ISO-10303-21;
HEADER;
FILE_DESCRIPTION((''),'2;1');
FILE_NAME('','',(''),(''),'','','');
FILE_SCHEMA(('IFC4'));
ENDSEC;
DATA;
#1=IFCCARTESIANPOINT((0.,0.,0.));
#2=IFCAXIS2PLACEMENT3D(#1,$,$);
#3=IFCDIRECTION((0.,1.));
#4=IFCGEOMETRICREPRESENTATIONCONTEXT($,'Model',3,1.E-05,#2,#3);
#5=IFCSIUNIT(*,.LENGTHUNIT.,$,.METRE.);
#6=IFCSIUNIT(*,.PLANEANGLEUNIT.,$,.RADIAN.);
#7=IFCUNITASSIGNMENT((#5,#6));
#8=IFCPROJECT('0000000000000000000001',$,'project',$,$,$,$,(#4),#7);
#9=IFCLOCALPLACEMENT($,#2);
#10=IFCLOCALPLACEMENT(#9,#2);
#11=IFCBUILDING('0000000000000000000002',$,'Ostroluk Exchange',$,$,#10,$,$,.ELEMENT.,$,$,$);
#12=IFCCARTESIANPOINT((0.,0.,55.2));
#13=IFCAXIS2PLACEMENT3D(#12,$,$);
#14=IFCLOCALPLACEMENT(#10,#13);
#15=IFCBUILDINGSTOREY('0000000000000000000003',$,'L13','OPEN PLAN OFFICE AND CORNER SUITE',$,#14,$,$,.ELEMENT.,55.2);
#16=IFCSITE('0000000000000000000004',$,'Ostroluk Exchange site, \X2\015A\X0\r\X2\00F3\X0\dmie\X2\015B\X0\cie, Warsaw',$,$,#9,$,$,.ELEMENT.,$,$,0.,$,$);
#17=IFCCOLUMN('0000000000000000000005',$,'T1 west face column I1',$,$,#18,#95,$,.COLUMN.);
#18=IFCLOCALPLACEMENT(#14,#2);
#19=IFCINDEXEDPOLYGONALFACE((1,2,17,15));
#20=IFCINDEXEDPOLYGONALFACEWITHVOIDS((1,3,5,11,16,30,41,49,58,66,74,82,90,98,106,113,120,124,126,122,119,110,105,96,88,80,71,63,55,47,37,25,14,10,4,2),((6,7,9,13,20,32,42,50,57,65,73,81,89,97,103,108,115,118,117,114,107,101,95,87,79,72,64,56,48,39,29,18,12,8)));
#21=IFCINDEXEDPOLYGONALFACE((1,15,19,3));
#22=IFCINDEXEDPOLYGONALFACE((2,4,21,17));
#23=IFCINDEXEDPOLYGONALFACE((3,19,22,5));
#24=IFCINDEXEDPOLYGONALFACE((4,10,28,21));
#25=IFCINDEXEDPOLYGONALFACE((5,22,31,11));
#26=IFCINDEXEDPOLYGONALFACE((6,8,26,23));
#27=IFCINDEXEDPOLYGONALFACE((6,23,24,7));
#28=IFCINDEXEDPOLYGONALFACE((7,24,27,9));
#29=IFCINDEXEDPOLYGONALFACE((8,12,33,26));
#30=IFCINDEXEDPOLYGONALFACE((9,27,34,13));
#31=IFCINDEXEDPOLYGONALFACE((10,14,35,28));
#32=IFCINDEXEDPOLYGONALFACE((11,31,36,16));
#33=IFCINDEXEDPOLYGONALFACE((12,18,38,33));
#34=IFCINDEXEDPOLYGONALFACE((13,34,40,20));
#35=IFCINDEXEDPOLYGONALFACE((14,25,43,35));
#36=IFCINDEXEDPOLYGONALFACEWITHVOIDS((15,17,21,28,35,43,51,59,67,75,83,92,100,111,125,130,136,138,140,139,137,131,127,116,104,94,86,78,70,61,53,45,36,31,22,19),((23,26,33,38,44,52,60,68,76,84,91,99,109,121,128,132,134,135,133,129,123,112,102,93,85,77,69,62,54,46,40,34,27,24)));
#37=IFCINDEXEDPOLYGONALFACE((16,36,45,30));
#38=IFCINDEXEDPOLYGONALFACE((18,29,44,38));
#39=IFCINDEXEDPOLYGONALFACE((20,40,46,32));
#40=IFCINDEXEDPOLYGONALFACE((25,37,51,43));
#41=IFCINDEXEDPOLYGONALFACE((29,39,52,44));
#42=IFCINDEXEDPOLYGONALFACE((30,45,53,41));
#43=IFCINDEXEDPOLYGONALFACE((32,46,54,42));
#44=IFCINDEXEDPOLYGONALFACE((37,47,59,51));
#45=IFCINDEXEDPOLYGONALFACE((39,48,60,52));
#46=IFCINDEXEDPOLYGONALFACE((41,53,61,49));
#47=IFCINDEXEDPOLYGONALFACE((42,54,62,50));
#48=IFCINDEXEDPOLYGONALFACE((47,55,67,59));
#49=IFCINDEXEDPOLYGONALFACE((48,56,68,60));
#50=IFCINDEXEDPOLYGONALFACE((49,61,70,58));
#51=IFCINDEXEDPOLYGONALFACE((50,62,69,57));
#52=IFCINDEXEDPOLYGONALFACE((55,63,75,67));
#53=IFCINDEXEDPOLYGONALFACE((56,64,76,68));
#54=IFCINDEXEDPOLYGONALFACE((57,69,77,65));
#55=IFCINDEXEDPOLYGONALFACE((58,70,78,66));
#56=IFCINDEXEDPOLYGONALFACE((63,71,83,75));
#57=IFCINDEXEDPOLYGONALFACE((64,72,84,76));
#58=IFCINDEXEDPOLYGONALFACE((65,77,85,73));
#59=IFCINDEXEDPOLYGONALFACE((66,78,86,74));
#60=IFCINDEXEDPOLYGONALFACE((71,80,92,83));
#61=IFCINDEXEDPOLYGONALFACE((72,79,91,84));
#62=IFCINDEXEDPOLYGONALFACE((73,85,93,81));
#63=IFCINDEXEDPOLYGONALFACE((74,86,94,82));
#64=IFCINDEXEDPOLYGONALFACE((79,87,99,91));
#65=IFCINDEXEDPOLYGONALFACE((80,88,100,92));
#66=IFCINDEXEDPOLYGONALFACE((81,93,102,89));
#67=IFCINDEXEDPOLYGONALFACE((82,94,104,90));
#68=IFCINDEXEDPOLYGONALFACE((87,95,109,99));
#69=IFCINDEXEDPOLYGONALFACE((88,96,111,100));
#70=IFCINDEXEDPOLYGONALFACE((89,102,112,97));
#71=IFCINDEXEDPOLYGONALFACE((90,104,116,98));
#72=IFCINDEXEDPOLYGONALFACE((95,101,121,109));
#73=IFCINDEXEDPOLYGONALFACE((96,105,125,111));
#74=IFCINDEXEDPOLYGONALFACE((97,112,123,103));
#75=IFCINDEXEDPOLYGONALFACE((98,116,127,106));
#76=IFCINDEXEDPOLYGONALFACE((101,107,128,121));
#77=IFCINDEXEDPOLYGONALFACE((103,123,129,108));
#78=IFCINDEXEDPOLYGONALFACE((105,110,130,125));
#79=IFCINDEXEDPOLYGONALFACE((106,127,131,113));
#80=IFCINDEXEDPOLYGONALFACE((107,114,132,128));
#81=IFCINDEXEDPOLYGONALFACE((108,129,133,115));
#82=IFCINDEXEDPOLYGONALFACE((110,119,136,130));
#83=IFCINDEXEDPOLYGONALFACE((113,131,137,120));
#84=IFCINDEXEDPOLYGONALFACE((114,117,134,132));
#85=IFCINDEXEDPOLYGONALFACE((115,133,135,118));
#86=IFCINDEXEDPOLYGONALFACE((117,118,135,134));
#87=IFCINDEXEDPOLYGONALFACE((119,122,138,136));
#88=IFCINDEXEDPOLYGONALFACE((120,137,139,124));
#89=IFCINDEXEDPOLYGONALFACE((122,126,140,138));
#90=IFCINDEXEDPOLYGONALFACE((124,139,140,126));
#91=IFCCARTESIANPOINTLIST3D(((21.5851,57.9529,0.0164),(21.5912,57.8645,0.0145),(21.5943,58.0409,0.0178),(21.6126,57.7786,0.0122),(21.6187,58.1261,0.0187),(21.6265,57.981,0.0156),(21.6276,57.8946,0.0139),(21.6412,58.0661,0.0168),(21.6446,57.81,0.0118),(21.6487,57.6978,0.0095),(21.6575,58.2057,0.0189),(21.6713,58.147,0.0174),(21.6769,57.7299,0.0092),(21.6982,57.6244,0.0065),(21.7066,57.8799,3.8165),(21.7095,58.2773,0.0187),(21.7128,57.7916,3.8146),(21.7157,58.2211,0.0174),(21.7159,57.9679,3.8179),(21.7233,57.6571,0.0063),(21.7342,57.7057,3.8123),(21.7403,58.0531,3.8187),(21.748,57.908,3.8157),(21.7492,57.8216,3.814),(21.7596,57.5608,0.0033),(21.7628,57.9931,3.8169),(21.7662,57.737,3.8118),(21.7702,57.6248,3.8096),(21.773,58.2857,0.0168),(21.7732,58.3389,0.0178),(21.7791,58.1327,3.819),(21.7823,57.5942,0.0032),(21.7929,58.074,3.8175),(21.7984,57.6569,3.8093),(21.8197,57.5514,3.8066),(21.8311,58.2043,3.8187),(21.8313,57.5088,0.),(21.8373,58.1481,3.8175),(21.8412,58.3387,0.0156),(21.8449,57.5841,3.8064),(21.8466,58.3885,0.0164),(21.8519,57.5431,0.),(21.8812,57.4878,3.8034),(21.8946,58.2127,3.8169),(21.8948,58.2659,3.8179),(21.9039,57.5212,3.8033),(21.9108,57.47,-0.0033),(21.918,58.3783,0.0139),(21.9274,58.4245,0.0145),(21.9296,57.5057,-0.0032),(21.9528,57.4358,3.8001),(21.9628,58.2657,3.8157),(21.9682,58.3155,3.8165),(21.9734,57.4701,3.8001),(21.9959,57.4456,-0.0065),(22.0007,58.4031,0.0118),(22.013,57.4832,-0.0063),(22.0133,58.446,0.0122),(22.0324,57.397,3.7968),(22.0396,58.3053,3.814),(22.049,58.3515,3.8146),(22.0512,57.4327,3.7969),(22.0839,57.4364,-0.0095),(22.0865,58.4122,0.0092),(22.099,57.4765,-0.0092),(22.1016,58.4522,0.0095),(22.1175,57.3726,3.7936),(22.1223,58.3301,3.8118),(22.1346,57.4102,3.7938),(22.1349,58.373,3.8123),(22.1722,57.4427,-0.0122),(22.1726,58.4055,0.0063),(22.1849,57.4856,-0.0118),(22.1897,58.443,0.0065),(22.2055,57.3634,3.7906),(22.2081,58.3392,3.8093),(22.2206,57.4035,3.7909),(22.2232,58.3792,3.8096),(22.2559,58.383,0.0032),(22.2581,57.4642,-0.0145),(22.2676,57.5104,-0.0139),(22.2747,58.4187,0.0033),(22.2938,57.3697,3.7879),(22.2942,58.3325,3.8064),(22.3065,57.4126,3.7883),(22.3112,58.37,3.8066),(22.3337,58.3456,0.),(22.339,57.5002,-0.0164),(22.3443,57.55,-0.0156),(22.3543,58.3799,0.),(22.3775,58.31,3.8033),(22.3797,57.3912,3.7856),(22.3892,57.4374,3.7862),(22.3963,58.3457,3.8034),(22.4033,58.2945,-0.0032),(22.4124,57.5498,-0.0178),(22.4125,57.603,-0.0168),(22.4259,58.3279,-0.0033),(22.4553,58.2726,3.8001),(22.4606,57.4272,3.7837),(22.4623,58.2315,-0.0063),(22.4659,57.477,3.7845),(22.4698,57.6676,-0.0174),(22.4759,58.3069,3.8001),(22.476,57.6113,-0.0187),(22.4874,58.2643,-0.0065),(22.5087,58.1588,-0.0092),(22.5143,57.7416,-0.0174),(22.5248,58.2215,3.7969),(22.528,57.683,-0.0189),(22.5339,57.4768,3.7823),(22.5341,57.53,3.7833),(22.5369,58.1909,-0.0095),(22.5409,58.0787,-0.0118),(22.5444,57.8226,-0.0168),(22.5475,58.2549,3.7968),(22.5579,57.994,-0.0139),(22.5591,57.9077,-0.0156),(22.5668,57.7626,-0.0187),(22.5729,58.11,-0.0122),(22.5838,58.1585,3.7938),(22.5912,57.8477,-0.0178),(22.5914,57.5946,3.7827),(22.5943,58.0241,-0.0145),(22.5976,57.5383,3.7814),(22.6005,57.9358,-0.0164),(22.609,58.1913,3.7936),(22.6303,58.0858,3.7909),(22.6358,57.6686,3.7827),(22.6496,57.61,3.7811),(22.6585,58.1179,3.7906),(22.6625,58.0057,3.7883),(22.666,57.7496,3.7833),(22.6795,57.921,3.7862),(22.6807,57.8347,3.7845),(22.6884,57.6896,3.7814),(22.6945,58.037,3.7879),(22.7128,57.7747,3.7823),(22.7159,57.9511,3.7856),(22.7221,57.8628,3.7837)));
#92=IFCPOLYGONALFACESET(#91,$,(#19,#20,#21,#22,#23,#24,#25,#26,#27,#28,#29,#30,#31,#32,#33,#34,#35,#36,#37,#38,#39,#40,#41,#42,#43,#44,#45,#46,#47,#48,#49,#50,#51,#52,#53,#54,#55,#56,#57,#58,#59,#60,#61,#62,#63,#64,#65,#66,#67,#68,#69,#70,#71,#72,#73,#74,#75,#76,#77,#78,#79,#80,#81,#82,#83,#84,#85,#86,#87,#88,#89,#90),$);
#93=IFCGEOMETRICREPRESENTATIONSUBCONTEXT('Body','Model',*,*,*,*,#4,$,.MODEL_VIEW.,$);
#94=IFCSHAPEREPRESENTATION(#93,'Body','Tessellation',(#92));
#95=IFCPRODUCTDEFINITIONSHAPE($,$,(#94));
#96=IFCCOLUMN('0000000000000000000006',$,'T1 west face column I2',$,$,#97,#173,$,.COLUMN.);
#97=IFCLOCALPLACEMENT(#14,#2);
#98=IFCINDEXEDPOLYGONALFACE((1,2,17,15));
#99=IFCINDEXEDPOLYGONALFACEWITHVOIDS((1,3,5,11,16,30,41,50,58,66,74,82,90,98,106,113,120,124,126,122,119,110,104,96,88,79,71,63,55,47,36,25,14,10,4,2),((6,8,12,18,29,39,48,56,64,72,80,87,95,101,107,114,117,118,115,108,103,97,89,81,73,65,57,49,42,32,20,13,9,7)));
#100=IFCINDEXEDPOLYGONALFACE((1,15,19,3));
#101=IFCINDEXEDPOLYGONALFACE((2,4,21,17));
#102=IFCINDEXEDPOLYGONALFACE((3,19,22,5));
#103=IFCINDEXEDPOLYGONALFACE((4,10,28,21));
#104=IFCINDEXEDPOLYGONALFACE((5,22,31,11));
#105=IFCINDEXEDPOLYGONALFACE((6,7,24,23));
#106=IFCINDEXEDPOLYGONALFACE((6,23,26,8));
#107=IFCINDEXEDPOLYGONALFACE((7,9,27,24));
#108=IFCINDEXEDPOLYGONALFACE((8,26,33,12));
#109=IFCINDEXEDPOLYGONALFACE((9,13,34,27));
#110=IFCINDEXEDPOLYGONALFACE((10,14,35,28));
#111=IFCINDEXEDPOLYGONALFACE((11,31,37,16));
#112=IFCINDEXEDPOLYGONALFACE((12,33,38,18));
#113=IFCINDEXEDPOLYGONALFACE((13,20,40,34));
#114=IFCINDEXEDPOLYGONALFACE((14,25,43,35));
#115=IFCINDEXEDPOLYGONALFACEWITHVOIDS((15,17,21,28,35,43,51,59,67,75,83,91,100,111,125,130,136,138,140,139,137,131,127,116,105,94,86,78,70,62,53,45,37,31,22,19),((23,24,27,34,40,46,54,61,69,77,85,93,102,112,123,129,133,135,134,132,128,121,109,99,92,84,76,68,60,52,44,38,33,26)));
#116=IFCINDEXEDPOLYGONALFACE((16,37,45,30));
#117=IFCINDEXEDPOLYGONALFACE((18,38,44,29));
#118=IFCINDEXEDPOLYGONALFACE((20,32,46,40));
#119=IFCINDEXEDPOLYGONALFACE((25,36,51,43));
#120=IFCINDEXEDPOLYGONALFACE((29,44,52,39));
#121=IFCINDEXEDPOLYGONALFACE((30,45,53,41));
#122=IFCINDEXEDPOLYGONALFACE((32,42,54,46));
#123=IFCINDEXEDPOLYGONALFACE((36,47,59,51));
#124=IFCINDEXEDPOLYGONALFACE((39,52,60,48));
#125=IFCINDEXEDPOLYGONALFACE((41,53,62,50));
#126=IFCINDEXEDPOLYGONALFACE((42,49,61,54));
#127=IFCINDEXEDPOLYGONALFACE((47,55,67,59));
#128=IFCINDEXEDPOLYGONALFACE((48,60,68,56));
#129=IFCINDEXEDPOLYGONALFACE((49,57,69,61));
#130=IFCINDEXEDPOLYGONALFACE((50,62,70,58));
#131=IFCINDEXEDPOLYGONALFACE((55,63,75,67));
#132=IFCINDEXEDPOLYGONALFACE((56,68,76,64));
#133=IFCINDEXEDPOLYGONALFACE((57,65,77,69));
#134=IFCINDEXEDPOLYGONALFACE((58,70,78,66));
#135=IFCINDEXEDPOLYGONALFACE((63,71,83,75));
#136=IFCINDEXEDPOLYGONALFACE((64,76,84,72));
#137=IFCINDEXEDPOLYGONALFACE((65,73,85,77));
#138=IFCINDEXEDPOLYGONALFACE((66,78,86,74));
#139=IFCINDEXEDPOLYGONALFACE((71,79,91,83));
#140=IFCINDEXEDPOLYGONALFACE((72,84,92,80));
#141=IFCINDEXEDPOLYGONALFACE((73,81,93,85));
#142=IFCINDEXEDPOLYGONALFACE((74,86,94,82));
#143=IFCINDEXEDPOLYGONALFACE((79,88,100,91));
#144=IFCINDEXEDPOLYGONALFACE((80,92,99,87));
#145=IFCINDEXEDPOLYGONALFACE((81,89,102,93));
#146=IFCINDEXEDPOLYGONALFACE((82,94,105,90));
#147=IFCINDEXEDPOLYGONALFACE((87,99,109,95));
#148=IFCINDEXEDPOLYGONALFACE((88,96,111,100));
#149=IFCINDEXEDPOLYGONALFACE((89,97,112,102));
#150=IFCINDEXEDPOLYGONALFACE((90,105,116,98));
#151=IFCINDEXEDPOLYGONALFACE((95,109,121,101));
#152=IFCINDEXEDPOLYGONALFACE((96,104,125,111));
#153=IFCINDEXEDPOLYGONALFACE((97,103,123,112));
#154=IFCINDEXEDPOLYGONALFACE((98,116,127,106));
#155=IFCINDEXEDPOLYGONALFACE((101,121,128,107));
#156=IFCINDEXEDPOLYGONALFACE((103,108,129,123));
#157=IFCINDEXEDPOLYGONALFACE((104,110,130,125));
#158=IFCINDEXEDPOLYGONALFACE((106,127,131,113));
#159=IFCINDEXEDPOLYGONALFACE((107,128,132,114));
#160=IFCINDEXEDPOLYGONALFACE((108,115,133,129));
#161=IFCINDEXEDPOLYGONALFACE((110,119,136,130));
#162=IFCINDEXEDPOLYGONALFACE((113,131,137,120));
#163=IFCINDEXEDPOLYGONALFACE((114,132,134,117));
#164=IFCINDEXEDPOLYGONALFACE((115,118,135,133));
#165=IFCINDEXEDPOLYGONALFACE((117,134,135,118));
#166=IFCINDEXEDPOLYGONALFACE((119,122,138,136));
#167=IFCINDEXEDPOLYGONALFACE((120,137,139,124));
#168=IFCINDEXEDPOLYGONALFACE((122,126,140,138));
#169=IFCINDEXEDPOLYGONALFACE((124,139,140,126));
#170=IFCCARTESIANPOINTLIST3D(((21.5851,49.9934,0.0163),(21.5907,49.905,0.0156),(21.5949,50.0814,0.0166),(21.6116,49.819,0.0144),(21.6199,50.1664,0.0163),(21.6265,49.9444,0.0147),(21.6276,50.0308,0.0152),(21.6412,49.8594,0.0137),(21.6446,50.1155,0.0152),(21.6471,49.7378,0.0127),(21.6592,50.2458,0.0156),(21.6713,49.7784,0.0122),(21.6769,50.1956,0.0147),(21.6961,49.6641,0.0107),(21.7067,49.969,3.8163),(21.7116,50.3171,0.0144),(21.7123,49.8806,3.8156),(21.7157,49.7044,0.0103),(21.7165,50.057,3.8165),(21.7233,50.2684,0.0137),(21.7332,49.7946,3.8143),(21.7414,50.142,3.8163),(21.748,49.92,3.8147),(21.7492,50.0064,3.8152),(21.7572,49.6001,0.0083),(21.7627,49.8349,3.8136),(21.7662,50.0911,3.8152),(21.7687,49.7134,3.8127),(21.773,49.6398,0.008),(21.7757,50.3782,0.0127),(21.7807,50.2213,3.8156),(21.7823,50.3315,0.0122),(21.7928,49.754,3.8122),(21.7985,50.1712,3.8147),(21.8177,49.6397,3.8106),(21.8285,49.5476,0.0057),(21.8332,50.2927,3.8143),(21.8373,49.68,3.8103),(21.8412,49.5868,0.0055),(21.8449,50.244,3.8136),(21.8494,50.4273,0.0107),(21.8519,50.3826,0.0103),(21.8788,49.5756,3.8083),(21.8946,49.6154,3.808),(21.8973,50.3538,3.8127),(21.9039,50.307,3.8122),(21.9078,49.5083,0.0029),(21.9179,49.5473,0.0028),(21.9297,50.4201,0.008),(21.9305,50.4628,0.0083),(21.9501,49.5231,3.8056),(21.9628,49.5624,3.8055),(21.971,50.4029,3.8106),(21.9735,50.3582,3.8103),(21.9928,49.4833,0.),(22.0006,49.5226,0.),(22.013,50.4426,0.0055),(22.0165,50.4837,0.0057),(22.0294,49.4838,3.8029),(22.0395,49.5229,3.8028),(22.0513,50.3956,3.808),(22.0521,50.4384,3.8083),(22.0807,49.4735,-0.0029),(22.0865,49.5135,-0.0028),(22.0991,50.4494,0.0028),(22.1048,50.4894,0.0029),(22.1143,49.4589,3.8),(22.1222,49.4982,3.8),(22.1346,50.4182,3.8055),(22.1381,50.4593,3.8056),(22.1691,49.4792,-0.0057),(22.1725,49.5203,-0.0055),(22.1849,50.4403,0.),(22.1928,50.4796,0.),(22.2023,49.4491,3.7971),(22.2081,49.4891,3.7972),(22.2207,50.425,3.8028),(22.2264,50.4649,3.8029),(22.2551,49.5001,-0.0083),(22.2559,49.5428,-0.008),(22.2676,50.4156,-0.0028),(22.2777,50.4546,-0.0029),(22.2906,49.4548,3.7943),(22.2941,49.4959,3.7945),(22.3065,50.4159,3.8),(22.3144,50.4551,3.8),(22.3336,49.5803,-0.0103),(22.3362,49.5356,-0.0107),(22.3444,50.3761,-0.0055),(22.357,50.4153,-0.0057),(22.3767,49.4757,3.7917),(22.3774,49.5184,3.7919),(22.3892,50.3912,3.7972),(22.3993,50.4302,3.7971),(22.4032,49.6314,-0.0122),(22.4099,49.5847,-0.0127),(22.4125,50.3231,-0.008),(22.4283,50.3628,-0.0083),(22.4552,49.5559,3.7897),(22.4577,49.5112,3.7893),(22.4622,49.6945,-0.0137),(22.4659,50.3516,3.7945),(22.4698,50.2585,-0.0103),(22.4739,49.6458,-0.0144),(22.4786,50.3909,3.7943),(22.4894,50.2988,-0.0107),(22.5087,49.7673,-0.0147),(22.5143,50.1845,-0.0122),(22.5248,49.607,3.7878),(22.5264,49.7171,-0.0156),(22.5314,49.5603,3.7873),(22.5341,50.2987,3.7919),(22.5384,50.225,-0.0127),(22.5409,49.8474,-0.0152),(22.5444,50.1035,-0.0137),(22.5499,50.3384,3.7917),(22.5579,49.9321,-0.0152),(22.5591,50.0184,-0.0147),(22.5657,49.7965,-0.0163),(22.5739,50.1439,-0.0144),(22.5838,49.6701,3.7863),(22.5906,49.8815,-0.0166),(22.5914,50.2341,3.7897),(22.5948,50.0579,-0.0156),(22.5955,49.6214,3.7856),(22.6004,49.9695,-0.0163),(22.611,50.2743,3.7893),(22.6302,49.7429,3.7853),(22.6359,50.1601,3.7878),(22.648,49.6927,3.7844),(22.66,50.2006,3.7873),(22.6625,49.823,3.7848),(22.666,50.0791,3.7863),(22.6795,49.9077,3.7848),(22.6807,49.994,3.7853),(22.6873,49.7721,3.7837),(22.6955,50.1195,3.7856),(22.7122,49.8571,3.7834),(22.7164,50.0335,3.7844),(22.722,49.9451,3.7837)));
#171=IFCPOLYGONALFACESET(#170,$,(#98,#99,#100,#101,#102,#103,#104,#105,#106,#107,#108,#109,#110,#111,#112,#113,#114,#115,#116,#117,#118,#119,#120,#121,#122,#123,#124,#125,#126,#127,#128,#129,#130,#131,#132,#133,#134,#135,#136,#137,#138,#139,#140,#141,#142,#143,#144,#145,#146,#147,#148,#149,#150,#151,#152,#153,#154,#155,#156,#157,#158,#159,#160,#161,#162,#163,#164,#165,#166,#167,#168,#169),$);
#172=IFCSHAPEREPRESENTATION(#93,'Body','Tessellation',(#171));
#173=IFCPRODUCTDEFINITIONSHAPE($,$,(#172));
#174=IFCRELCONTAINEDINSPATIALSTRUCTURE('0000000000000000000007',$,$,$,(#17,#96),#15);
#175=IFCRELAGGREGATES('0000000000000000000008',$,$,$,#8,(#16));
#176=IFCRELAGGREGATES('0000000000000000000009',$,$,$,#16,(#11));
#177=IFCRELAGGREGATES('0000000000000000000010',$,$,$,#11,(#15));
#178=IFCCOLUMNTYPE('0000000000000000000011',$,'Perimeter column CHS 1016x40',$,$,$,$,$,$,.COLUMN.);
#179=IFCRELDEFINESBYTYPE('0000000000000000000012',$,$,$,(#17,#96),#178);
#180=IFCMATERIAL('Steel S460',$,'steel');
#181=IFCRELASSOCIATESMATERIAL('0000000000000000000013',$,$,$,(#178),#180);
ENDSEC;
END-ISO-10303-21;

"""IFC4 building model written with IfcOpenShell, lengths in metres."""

from ifc_helpers import new_model, si_unit, direction, frame, origin, origin_2d, place, context, subcontext, project, spatial, hollow_circle, extrude, material, material_profile, profile_set, type_object, element, save


model = new_model("IFC4")

# Units and contexts
model_context = context("Model", 3, precision=1e-05, world=origin(), true_north=direction((0.0, 1.0)))
body_context = subcontext(model_context, "Body", "Model", "MODEL_VIEW")
ifc_project = project(units=[si_unit("LENGTHUNIT", "METRE"), si_unit("PLANEANGLEUNIT", "RADIAN")], contexts=[model_context])

# Site, building, storey
site_placement = place(None, origin())
site = spatial("IfcSite", under=ifc_project, at=site_placement, Name="Ostroluk Exchange site, Śródmieście, Warsaw", CompositionType="ELEMENT", RefElevation=0.0)
building_placement = place(site_placement, origin())
building = spatial("IfcBuilding", under=site, at=building_placement, Name="Ostroluk Exchange", CompositionType="ELEMENT")
storey_placement = place(building_placement, frame((0.0, 0.0, 55.2)))
storey = spatial("IfcBuildingStorey", under=building, at=storey_placement, Name="L13", Description="OPEN PLAN OFFICE AND CORNER SUITE", CompositionType="ELEMENT", Elevation=55.2)

# Columns
ifc_material_1 = material(Name="Steel S460", Category="steel")
ifc_material_profile_1 = material_profile(ifc_material_1, hollow_circle(Radius=0.5081, WallThickness=0.04, at=origin_2d()), Name="CHS 1016x40")
ifc_profile_set_1 = profile_set([ifc_material_profile_1], Name="Steel S460")
column_type = type_object("IfcColumnType", Name="Perimeter column CHS 1016x40", PredefinedType="COLUMN", material=ifc_profile_set_1)
column_1_placement = place(storey_placement, frame((22.0928, 57.9443, 0.0), z_axis=(0.031973, -0.019196, 0.999304), x_axis=(0.514749, 0.857341, 0.0)))
element("IfcColumn", 1, at=column_1_placement, inside=storey, type_object=column_type, Name="T1 west face column I1", PredefinedType="COLUMN", context=body_context, shape_type="SweptSolid", body=[
    extrude(hollow_circle(Radius=0.5081, WallThickness=0.04, at=origin_2d()), origin(), (0.0, 0.0, 1.0), 3.8027),
])
column_2_placement = place(storey_placement, frame((22.0928, 49.9814, 0.0), z_axis=(0.031978, -0.006421, 0.999468), x_axis=(0.196873, 0.980429, 0.0)))
element("IfcColumn", 2, at=column_2_placement, inside=storey, type_object=column_type, Name="T1 west face column I2", PredefinedType="COLUMN", context=body_context, shape_type="SweptSolid", body=[
    extrude(hollow_circle(Radius=0.5081, WallThickness=0.04, at=origin_2d()), origin(), (0.0, 0.0, 1.0), 3.802),
])

save(model, "model.ifc")
